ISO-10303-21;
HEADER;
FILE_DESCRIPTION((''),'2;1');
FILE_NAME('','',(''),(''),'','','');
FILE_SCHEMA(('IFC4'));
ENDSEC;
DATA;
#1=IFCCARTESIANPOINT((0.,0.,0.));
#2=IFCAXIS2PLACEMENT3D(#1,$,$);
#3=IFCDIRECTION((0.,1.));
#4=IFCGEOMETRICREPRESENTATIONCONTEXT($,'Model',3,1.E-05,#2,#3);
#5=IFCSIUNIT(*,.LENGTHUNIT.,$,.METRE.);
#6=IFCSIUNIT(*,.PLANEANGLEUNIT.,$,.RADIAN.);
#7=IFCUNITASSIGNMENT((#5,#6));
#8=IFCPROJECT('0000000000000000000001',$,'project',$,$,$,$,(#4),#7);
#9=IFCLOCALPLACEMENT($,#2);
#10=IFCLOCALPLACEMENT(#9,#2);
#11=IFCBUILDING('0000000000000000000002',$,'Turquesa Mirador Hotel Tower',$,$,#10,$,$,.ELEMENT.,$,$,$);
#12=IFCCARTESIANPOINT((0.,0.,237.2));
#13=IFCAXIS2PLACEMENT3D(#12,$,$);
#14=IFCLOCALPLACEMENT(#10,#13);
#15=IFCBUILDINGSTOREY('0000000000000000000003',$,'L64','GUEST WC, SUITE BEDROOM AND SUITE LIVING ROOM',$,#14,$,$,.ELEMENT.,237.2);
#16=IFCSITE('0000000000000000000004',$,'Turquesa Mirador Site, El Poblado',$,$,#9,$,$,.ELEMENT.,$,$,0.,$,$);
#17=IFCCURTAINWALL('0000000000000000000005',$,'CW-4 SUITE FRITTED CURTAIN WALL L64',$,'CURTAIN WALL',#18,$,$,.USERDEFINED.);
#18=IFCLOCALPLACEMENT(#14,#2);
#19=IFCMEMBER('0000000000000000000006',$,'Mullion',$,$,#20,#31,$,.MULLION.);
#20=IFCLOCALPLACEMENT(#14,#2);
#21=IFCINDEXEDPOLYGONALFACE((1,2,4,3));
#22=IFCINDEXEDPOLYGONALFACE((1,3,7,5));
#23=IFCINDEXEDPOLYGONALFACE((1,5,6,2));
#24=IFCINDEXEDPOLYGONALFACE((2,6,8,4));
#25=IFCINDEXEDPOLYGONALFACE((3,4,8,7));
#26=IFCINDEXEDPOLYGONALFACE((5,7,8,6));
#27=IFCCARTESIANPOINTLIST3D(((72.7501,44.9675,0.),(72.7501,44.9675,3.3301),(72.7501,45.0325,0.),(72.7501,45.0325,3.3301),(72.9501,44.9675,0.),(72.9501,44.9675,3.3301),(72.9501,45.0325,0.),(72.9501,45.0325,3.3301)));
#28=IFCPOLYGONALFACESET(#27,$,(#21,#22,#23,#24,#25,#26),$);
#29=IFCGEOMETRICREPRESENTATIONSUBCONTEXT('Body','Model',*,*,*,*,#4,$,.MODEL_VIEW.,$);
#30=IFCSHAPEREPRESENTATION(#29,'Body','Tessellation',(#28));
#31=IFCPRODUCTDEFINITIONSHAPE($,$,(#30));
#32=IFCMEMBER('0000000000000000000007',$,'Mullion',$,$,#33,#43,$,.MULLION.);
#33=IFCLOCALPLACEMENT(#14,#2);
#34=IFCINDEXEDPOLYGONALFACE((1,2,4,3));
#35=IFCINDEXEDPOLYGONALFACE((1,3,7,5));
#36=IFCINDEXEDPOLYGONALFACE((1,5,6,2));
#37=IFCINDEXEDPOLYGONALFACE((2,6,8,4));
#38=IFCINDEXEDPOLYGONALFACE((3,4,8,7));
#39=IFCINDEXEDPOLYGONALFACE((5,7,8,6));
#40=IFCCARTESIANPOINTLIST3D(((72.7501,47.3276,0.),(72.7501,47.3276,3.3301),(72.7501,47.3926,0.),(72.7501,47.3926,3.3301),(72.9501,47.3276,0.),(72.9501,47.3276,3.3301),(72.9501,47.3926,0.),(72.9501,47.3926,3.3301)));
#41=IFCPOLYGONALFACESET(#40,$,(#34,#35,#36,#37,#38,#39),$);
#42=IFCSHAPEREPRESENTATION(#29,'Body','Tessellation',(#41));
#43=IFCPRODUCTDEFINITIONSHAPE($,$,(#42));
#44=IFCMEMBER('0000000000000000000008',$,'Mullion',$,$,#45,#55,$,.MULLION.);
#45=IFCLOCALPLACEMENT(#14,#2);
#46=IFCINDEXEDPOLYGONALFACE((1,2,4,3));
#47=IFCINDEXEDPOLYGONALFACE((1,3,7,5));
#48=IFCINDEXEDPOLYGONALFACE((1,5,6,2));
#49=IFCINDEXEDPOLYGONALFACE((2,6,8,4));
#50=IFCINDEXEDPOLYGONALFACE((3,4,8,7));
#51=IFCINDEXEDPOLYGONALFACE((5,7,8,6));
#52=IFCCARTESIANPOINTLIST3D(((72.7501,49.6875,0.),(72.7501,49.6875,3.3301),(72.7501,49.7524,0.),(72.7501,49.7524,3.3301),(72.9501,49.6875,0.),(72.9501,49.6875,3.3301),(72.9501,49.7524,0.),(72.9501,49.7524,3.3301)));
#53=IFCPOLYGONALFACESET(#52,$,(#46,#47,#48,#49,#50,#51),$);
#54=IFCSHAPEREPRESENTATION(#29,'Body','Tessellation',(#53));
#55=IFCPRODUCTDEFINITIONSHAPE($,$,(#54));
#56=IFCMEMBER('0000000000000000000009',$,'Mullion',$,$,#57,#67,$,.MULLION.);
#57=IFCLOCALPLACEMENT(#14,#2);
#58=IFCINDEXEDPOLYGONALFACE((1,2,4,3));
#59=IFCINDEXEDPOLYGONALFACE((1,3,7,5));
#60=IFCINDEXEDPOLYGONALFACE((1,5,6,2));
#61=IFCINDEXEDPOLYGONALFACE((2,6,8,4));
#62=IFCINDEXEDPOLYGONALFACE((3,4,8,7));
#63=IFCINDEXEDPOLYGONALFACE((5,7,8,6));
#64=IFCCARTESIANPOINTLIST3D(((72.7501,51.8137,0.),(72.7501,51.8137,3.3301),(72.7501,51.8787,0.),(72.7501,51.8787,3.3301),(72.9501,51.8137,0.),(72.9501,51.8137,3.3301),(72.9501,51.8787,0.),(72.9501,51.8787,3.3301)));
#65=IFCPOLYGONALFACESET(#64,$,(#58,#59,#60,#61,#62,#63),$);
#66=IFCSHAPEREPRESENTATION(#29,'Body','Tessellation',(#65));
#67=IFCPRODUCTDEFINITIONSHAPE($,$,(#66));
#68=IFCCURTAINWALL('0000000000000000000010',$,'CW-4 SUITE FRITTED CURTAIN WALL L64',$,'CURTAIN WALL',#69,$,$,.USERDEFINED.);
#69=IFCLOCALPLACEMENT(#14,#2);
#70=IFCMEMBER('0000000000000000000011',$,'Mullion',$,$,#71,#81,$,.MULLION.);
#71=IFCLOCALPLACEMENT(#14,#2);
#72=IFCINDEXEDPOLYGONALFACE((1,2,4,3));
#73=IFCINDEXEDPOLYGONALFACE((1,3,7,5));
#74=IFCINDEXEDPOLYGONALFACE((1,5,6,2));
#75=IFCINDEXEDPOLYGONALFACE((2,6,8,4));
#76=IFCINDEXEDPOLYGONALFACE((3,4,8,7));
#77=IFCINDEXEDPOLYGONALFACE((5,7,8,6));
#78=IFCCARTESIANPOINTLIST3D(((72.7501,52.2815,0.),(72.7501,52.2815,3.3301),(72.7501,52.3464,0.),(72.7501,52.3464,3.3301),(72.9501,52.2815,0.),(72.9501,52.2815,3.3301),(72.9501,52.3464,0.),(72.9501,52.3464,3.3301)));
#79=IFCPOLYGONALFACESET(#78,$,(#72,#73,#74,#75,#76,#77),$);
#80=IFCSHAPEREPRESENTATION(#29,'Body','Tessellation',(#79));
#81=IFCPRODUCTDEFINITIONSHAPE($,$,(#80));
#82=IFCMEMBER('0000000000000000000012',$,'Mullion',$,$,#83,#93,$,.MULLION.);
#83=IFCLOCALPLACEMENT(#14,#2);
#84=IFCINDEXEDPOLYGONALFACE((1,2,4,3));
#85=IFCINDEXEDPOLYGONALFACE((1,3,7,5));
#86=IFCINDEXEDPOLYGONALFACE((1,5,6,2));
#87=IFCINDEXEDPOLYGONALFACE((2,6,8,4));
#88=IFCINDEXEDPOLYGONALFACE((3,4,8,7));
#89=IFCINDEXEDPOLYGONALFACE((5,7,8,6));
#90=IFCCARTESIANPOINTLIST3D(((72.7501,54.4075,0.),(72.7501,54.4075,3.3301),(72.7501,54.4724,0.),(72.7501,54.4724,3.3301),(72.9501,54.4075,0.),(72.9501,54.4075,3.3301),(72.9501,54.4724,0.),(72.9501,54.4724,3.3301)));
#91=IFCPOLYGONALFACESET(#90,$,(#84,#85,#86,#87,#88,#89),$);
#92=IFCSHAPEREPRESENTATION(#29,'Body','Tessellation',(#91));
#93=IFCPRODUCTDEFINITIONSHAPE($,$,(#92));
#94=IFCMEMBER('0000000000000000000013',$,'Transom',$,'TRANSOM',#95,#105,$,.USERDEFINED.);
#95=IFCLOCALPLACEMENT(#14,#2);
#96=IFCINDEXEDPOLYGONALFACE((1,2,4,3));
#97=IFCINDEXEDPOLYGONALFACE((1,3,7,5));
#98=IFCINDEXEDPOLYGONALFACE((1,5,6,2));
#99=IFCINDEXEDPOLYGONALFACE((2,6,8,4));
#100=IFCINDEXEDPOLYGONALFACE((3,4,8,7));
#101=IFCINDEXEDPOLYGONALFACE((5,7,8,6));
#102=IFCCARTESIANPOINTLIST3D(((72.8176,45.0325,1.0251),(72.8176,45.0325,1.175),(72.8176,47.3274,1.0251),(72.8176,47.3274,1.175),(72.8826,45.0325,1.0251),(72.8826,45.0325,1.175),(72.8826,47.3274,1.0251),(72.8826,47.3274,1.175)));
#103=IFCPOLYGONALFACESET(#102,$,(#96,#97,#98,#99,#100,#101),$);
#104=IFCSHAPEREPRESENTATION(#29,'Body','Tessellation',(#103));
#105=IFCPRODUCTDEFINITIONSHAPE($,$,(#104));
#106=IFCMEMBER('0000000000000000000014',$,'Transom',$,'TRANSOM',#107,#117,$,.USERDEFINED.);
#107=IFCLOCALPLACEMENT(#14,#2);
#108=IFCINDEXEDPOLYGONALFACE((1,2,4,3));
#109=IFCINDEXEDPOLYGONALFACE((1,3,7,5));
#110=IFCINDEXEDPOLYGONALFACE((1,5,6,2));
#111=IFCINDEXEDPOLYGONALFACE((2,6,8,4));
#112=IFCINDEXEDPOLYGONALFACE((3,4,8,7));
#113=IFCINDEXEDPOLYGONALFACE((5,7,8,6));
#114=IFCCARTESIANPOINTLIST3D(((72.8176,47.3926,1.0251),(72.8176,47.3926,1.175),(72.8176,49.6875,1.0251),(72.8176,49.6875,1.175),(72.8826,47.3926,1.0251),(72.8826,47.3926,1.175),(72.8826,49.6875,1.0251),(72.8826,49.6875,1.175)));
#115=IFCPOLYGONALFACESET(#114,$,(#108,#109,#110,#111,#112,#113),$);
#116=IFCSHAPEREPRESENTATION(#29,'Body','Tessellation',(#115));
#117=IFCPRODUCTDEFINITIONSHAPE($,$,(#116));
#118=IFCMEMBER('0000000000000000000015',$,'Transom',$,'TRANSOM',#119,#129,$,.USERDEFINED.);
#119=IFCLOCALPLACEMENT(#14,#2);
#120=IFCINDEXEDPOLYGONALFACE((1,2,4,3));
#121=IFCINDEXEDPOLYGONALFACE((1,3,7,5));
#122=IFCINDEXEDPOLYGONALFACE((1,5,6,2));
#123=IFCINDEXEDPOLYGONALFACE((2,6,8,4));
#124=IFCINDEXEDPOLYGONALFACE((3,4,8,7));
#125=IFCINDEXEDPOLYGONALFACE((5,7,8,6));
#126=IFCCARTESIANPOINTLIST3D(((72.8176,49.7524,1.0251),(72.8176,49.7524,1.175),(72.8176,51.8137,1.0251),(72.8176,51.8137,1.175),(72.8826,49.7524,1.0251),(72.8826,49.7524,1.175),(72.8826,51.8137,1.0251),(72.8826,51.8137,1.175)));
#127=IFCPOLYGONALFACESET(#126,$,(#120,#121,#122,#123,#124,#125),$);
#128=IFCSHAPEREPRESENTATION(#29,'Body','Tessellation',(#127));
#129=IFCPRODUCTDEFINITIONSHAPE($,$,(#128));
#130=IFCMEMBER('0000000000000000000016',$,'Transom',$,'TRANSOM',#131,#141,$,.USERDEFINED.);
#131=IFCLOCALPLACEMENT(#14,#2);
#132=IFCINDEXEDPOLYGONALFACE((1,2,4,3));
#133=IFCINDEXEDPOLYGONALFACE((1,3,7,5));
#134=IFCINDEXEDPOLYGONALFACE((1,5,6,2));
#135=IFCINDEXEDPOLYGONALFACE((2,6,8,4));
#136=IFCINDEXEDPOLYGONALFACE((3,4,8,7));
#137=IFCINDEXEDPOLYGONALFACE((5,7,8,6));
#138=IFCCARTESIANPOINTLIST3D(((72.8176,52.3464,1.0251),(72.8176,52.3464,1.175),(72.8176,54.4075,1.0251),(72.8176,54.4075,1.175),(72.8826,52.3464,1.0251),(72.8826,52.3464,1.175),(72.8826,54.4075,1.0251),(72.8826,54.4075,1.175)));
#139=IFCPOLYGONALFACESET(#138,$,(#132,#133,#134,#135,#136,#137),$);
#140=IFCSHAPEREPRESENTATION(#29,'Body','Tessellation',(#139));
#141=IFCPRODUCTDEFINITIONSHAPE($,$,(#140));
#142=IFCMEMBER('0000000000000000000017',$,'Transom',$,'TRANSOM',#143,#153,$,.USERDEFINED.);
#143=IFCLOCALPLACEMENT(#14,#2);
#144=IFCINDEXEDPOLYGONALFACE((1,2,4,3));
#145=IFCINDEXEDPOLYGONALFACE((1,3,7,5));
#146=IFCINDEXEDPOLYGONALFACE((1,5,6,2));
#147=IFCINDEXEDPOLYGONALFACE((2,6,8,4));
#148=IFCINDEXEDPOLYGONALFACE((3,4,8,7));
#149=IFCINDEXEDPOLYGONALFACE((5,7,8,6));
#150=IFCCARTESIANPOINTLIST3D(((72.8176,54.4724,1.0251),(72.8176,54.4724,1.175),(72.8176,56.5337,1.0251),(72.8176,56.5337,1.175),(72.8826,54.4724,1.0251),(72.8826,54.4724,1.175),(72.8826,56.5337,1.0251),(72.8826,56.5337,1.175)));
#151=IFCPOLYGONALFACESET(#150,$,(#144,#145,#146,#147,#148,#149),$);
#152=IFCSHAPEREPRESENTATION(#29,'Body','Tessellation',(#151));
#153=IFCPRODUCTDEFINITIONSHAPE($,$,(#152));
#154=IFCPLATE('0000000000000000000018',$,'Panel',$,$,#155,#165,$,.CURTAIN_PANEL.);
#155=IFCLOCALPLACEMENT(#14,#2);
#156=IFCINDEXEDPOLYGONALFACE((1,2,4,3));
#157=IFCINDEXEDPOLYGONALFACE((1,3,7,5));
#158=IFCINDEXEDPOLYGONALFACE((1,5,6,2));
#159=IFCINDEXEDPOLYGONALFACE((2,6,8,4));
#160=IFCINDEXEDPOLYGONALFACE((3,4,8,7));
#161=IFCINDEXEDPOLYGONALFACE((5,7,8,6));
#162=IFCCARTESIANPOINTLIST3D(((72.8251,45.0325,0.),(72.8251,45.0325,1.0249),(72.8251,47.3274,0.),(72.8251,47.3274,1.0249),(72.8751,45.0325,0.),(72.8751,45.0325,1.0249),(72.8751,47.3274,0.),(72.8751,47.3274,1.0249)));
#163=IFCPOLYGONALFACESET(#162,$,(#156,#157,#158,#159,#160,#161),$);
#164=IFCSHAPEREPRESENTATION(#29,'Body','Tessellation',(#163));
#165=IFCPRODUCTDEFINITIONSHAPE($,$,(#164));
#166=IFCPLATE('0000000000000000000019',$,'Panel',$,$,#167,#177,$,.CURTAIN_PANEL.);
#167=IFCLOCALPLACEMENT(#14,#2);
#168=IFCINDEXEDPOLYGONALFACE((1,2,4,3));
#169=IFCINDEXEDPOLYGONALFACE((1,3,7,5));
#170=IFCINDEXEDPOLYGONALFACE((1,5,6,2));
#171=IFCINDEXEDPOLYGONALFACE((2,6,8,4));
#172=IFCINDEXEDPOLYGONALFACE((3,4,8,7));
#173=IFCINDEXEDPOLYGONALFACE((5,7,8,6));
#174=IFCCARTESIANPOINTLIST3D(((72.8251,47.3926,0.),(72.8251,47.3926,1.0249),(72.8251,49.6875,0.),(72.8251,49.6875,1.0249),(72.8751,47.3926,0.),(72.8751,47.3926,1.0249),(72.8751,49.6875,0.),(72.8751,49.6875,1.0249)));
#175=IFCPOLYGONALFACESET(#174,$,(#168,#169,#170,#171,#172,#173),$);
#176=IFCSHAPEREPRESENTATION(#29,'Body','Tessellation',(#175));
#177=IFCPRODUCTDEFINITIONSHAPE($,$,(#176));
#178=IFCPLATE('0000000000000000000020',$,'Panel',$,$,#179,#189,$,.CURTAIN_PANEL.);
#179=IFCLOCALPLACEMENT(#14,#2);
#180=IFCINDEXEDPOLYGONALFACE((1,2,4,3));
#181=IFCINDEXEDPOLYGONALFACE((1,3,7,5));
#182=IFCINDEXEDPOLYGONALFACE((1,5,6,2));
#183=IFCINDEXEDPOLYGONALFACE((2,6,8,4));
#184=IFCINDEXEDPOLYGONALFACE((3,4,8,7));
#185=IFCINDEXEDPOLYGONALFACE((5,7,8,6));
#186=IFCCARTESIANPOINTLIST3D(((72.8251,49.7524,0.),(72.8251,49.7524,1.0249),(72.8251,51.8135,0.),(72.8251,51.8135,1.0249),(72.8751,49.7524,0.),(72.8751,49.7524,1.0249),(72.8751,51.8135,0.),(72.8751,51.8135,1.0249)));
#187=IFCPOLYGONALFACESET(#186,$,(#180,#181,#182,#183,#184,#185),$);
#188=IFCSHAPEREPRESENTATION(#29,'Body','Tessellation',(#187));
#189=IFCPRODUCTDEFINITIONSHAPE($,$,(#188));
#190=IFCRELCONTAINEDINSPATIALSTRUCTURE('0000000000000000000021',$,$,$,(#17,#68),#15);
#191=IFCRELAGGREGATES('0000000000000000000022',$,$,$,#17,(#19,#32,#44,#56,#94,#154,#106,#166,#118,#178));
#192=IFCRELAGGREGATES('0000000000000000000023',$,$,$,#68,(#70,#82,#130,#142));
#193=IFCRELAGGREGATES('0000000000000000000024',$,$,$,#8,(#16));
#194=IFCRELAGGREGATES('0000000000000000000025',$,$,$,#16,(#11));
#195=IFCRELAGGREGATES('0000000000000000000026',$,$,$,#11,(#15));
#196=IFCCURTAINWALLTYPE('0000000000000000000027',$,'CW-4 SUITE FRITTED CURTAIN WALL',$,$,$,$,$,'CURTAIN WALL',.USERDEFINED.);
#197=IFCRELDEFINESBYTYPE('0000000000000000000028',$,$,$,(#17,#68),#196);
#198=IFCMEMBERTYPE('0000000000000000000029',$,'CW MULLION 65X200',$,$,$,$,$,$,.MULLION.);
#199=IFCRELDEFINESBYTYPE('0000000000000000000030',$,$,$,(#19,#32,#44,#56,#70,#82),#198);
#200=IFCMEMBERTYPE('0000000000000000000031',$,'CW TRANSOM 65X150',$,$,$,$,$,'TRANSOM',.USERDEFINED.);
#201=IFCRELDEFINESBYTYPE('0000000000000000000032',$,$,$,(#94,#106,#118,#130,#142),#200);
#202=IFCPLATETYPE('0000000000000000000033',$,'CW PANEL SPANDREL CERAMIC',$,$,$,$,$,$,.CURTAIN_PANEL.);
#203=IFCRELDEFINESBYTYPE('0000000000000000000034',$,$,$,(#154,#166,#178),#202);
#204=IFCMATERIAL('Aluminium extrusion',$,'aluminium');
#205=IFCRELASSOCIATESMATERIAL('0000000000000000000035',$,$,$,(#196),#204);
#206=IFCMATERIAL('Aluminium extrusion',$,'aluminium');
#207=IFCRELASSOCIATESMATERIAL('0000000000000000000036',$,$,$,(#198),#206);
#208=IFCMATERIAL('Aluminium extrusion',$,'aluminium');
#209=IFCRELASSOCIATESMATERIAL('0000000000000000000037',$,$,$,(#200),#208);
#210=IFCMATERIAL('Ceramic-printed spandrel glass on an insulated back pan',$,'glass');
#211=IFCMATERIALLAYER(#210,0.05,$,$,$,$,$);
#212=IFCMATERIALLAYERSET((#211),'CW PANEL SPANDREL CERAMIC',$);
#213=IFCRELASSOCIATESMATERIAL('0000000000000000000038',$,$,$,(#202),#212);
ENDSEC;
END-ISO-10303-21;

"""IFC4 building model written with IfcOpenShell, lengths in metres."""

from ifc_helpers import new_model, si_unit, direction, frame, origin, origin_2d, place, context, subcontext, project, spatial, rectangle, extrude, material, layer, layer_set, material_profile, profile_set, type_object, element, aggregate, save


model = new_model("IFC4")

# Units and contexts
model_context = context("Model", 3, precision=1e-05, world=origin(), true_north=direction((0.0, 1.0)))
body_context = subcontext(model_context, "Body", "Model", "MODEL_VIEW")
ifc_project = project(units=[si_unit("LENGTHUNIT", "METRE"), si_unit("PLANEANGLEUNIT", "RADIAN")], contexts=[model_context])

# Site, building, storey
site_placement = place(None, origin())
site = spatial("IfcSite", under=ifc_project, at=site_placement, Name="Turquesa Mirador Site, El Poblado", CompositionType="ELEMENT", RefElevation=0.0)
building_placement = place(site_placement, origin())
building = spatial("IfcBuilding", under=site, at=building_placement, Name="Turquesa Mirador Hotel Tower", CompositionType="ELEMENT")
storey_placement = place(building_placement, frame((0.0, 0.0, 237.2)))
storey = spatial("IfcBuildingStorey", under=building, at=storey_placement, Name="L64", Description="GUEST WC, SUITE BEDROOM AND SUITE LIVING ROOM", CompositionType="ELEMENT", Elevation=237.2)

# Curtain walls, members
ifc_material_1 = material(Name="Aluminium extrusion", Category="aluminium")
curtain_wall_type = type_object("IfcCurtainWallType", Name="CW-4 SUITE FRITTED CURTAIN WALL", ElementType="CURTAIN WALL", PredefinedType="USERDEFINED", material=ifc_material_1)
curtain_wall_1_placement = place(storey_placement, origin())
curtain_wall_1 = element("IfcCurtainWall", 1, at=curtain_wall_1_placement, inside=storey, type_object=curtain_wall_type, Name="CW-4 SUITE FRITTED CURTAIN WALL L64", ObjectType="CURTAIN WALL", PredefinedType="USERDEFINED")
ifc_material_2 = material(Name="Aluminium extrusion", Category="aluminium")
ifc_material_profile_1 = material_profile(ifc_material_2, rectangle(XDim=0.0649, YDim=0.2, at=origin_2d()), Name="MULLION 65X200")
ifc_profile_set_1 = profile_set([ifc_material_profile_1], Name="Aluminium extrusion")
member_type_1 = type_object("IfcMemberType", Name="CW MULLION 65X200", PredefinedType="MULLION", material=ifc_profile_set_1)
member_1_placement = place(storey_placement, frame((72.8501, 45.0, 0.0), z_axis=(0.0, 0.0, 1.0), x_axis=(0.0, 1.0, 0.0)))
member_1 = element("IfcMember", 2, at=member_1_placement, type_object=member_type_1, Name="Mullion", PredefinedType="MULLION", context=body_context, shape_type="SweptSolid", body=[
    extrude(rectangle(XDim=0.0649, YDim=0.2, at=origin_2d()), origin(), (0.0, 0.0, 1.0), 3.3301),
])
member_2_placement = place(storey_placement, frame((72.8501, 47.3601, 0.0), z_axis=(0.0, 0.0, 1.0), x_axis=(0.0, 1.0, 0.0)))
member_2 = element("IfcMember", 3, at=member_2_placement, type_object=member_type_1, Name="Mullion", PredefinedType="MULLION", context=body_context, shape_type="SweptSolid", body=[
    extrude(rectangle(XDim=0.0649, YDim=0.2, at=origin_2d()), origin(), (0.0, 0.0, 1.0), 3.3301),
])
member_3_placement = place(storey_placement, frame((72.8501, 49.72, 0.0), z_axis=(0.0, 0.0, 1.0), x_axis=(0.0, 1.0, 0.0)))
member_3 = element("IfcMember", 4, at=member_3_placement, type_object=member_type_1, Name="Mullion", PredefinedType="MULLION", context=body_context, shape_type="SweptSolid", body=[
    extrude(rectangle(XDim=0.0649, YDim=0.2, at=origin_2d()), origin(), (0.0, 0.0, 1.0), 3.3301),
])
member_4_placement = place(storey_placement, frame((72.8501, 51.8462, 0.0), z_axis=(0.0, 0.0, 1.0), x_axis=(0.0, 1.0, 0.0)))
member_4 = element("IfcMember", 5, at=member_4_placement, type_object=member_type_1, Name="Mullion", PredefinedType="MULLION", context=body_context, shape_type="SweptSolid", body=[
    extrude(rectangle(XDim=0.0649, YDim=0.2, at=origin_2d()), origin(), (0.0, 0.0, 1.0), 3.3301),
])
curtain_wall_2_placement = place(storey_placement, origin())
curtain_wall_2 = element("IfcCurtainWall", 6, at=curtain_wall_2_placement, inside=storey, type_object=curtain_wall_type, Name="CW-4 SUITE FRITTED CURTAIN WALL L64", ObjectType="CURTAIN WALL", PredefinedType="USERDEFINED")
member_5_placement = place(storey_placement, frame((72.8501, 52.314, 0.0), z_axis=(0.0, 0.0, 1.0), x_axis=(0.0, 1.0, 0.0)))
member_5 = element("IfcMember", 7, at=member_5_placement, type_object=member_type_1, Name="Mullion", PredefinedType="MULLION", context=body_context, shape_type="SweptSolid", body=[
    extrude(rectangle(XDim=0.0649, YDim=0.2, at=origin_2d()), origin(), (0.0, 0.0, 1.0), 3.3301),
])
member_6_placement = place(storey_placement, frame((72.8501, 54.4399, 0.0), z_axis=(0.0, 0.0, 1.0), x_axis=(0.0, 1.0, 0.0)))
member_6 = element("IfcMember", 8, at=member_6_placement, type_object=member_type_1, Name="Mullion", PredefinedType="MULLION", context=body_context, shape_type="SweptSolid", body=[
    extrude(rectangle(XDim=0.0649, YDim=0.2, at=origin_2d()), origin(), (0.0, 0.0, 1.0), 3.3301),
])

# Members
ifc_material_3 = material(Name="Aluminium extrusion", Category="aluminium")
ifc_material_profile_2 = material_profile(ifc_material_3, rectangle(XDim=0.0649, YDim=0.1499, at=origin_2d()), Name="TRANSOM 65X150")
ifc_profile_set_2 = profile_set([ifc_material_profile_2], Name="Aluminium extrusion")
member_type_2 = type_object("IfcMemberType", Name="CW TRANSOM 65X150", ElementType="TRANSOM", PredefinedType="USERDEFINED", material=ifc_profile_set_2)
member_7_placement = place(storey_placement, frame((72.8501, 45.0325, 1.1001), z_axis=(0.0, 1.0, 0.0), x_axis=(-1.0, 0.0, 0.0)))
member_7 = element("IfcMember", 9, at=member_7_placement, type_object=member_type_2, Name="Transom", ObjectType="TRANSOM", PredefinedType="USERDEFINED", context=body_context, shape_type="SweptSolid", body=[
    extrude(rectangle(XDim=0.0649, YDim=0.1499, at=origin_2d()), origin(), (0.0, 0.0, 1.0), 2.2949),
])
member_8_placement = place(storey_placement, frame((72.8501, 47.3926, 1.1001), z_axis=(0.0, 1.0, 0.0), x_axis=(-1.0, 0.0, 0.0)))
member_8 = element("IfcMember", 10, at=member_8_placement, type_object=member_type_2, Name="Transom", ObjectType="TRANSOM", PredefinedType="USERDEFINED", context=body_context, shape_type="SweptSolid", body=[
    extrude(rectangle(XDim=0.0649, YDim=0.1499, at=origin_2d()), origin(), (0.0, 0.0, 1.0), 2.2949),
])
member_9_placement = place(storey_placement, frame((72.8501, 49.7524, 1.1001), z_axis=(0.0, 1.0, 0.0), x_axis=(-1.0, 0.0, 0.0)))
member_9 = element("IfcMember", 11, at=member_9_placement, type_object=member_type_2, Name="Transom", ObjectType="TRANSOM", PredefinedType="USERDEFINED", context=body_context, shape_type="SweptSolid", body=[
    extrude(rectangle(XDim=0.0649, YDim=0.1499, at=origin_2d()), origin(), (0.0, 0.0, 1.0), 2.0613),
])
member_10_placement = place(storey_placement, frame((72.8501, 52.3464, 1.1001), z_axis=(0.0, 1.0, 0.0), x_axis=(-1.0, 0.0, 0.0)))
member_10 = element("IfcMember", 12, at=member_10_placement, type_object=member_type_2, Name="Transom", ObjectType="TRANSOM", PredefinedType="USERDEFINED", context=body_context, shape_type="SweptSolid", body=[
    extrude(rectangle(XDim=0.0649, YDim=0.1499, at=origin_2d()), origin(), (0.0, 0.0, 1.0), 2.061),
])
member_11_placement = place(storey_placement, frame((72.8501, 54.4724, 1.1001), z_axis=(0.0, 1.0, 0.0), x_axis=(-1.0, 0.0, 0.0)))
member_11 = element("IfcMember", 13, at=member_11_placement, type_object=member_type_2, Name="Transom", ObjectType="TRANSOM", PredefinedType="USERDEFINED", context=body_context, shape_type="SweptSolid", body=[
    extrude(rectangle(XDim=0.0649, YDim=0.1499, at=origin_2d()), origin(), (0.0, 0.0, 1.0), 2.0613),
])

# Plates
ifc_material_4 = material(Name="Ceramic-printed spandrel glass on an insulated back pan", Category="glass")
ifc_layer_1 = layer(ifc_material_4, 0.05)
ifc_layer_set_1 = layer_set([ifc_layer_1], Name="CW PANEL SPANDREL CERAMIC")
plate_type_1 = type_object("IfcPlateType", Name="CW PANEL SPANDREL CERAMIC", PredefinedType="CURTAIN_PANEL", material=ifc_layer_set_1)
plate_1_placement = place(storey_placement, frame((72.8501, 46.1799, 0.0), z_axis=(0.0, 0.0, 1.0), x_axis=(0.0, 1.0, 0.0)))
plate_1 = element("IfcPlate", 14, at=plate_1_placement, type_object=plate_type_1, Name="Panel", PredefinedType="CURTAIN_PANEL", context=body_context, shape_type="SweptSolid", body=[
    extrude(rectangle(XDim=2.2949, YDim=0.05, at=origin_2d()), origin(), (0.0, 0.0, 1.0), 1.0249),
])
plate_2_placement = place(storey_placement, frame((72.8501, 48.54, 0.0), z_axis=(0.0, 0.0, 1.0), x_axis=(0.0, 1.0, 0.0)))
plate_2 = element("IfcPlate", 15, at=plate_2_placement, type_object=plate_type_1, Name="Panel", PredefinedType="CURTAIN_PANEL", context=body_context, shape_type="SweptSolid", body=[
    extrude(rectangle(XDim=2.2949, YDim=0.05, at=origin_2d()), origin(), (0.0, 0.0, 1.0), 1.0249),
])
plate_3_placement = place(storey_placement, frame((72.8501, 50.783, 0.0), z_axis=(0.0, 0.0, 1.0), x_axis=(0.0, 1.0, 0.0)))
plate_3 = element("IfcPlate", 16, at=plate_3_placement, type_object=plate_type_1, Name="Panel", PredefinedType="CURTAIN_PANEL", context=body_context, shape_type="SweptSolid", body=[
    extrude(rectangle(XDim=2.061, YDim=0.05, at=origin_2d()), origin(), (0.0, 0.0, 1.0), 1.0249),
])
aggregate(curtain_wall_1, [member_1, member_2, member_3, member_4, member_7, plate_1, member_8, plate_2, member_9, plate_3])
aggregate(curtain_wall_2, [member_5, member_6, member_10, member_11])

save(model, "model.ifc")
